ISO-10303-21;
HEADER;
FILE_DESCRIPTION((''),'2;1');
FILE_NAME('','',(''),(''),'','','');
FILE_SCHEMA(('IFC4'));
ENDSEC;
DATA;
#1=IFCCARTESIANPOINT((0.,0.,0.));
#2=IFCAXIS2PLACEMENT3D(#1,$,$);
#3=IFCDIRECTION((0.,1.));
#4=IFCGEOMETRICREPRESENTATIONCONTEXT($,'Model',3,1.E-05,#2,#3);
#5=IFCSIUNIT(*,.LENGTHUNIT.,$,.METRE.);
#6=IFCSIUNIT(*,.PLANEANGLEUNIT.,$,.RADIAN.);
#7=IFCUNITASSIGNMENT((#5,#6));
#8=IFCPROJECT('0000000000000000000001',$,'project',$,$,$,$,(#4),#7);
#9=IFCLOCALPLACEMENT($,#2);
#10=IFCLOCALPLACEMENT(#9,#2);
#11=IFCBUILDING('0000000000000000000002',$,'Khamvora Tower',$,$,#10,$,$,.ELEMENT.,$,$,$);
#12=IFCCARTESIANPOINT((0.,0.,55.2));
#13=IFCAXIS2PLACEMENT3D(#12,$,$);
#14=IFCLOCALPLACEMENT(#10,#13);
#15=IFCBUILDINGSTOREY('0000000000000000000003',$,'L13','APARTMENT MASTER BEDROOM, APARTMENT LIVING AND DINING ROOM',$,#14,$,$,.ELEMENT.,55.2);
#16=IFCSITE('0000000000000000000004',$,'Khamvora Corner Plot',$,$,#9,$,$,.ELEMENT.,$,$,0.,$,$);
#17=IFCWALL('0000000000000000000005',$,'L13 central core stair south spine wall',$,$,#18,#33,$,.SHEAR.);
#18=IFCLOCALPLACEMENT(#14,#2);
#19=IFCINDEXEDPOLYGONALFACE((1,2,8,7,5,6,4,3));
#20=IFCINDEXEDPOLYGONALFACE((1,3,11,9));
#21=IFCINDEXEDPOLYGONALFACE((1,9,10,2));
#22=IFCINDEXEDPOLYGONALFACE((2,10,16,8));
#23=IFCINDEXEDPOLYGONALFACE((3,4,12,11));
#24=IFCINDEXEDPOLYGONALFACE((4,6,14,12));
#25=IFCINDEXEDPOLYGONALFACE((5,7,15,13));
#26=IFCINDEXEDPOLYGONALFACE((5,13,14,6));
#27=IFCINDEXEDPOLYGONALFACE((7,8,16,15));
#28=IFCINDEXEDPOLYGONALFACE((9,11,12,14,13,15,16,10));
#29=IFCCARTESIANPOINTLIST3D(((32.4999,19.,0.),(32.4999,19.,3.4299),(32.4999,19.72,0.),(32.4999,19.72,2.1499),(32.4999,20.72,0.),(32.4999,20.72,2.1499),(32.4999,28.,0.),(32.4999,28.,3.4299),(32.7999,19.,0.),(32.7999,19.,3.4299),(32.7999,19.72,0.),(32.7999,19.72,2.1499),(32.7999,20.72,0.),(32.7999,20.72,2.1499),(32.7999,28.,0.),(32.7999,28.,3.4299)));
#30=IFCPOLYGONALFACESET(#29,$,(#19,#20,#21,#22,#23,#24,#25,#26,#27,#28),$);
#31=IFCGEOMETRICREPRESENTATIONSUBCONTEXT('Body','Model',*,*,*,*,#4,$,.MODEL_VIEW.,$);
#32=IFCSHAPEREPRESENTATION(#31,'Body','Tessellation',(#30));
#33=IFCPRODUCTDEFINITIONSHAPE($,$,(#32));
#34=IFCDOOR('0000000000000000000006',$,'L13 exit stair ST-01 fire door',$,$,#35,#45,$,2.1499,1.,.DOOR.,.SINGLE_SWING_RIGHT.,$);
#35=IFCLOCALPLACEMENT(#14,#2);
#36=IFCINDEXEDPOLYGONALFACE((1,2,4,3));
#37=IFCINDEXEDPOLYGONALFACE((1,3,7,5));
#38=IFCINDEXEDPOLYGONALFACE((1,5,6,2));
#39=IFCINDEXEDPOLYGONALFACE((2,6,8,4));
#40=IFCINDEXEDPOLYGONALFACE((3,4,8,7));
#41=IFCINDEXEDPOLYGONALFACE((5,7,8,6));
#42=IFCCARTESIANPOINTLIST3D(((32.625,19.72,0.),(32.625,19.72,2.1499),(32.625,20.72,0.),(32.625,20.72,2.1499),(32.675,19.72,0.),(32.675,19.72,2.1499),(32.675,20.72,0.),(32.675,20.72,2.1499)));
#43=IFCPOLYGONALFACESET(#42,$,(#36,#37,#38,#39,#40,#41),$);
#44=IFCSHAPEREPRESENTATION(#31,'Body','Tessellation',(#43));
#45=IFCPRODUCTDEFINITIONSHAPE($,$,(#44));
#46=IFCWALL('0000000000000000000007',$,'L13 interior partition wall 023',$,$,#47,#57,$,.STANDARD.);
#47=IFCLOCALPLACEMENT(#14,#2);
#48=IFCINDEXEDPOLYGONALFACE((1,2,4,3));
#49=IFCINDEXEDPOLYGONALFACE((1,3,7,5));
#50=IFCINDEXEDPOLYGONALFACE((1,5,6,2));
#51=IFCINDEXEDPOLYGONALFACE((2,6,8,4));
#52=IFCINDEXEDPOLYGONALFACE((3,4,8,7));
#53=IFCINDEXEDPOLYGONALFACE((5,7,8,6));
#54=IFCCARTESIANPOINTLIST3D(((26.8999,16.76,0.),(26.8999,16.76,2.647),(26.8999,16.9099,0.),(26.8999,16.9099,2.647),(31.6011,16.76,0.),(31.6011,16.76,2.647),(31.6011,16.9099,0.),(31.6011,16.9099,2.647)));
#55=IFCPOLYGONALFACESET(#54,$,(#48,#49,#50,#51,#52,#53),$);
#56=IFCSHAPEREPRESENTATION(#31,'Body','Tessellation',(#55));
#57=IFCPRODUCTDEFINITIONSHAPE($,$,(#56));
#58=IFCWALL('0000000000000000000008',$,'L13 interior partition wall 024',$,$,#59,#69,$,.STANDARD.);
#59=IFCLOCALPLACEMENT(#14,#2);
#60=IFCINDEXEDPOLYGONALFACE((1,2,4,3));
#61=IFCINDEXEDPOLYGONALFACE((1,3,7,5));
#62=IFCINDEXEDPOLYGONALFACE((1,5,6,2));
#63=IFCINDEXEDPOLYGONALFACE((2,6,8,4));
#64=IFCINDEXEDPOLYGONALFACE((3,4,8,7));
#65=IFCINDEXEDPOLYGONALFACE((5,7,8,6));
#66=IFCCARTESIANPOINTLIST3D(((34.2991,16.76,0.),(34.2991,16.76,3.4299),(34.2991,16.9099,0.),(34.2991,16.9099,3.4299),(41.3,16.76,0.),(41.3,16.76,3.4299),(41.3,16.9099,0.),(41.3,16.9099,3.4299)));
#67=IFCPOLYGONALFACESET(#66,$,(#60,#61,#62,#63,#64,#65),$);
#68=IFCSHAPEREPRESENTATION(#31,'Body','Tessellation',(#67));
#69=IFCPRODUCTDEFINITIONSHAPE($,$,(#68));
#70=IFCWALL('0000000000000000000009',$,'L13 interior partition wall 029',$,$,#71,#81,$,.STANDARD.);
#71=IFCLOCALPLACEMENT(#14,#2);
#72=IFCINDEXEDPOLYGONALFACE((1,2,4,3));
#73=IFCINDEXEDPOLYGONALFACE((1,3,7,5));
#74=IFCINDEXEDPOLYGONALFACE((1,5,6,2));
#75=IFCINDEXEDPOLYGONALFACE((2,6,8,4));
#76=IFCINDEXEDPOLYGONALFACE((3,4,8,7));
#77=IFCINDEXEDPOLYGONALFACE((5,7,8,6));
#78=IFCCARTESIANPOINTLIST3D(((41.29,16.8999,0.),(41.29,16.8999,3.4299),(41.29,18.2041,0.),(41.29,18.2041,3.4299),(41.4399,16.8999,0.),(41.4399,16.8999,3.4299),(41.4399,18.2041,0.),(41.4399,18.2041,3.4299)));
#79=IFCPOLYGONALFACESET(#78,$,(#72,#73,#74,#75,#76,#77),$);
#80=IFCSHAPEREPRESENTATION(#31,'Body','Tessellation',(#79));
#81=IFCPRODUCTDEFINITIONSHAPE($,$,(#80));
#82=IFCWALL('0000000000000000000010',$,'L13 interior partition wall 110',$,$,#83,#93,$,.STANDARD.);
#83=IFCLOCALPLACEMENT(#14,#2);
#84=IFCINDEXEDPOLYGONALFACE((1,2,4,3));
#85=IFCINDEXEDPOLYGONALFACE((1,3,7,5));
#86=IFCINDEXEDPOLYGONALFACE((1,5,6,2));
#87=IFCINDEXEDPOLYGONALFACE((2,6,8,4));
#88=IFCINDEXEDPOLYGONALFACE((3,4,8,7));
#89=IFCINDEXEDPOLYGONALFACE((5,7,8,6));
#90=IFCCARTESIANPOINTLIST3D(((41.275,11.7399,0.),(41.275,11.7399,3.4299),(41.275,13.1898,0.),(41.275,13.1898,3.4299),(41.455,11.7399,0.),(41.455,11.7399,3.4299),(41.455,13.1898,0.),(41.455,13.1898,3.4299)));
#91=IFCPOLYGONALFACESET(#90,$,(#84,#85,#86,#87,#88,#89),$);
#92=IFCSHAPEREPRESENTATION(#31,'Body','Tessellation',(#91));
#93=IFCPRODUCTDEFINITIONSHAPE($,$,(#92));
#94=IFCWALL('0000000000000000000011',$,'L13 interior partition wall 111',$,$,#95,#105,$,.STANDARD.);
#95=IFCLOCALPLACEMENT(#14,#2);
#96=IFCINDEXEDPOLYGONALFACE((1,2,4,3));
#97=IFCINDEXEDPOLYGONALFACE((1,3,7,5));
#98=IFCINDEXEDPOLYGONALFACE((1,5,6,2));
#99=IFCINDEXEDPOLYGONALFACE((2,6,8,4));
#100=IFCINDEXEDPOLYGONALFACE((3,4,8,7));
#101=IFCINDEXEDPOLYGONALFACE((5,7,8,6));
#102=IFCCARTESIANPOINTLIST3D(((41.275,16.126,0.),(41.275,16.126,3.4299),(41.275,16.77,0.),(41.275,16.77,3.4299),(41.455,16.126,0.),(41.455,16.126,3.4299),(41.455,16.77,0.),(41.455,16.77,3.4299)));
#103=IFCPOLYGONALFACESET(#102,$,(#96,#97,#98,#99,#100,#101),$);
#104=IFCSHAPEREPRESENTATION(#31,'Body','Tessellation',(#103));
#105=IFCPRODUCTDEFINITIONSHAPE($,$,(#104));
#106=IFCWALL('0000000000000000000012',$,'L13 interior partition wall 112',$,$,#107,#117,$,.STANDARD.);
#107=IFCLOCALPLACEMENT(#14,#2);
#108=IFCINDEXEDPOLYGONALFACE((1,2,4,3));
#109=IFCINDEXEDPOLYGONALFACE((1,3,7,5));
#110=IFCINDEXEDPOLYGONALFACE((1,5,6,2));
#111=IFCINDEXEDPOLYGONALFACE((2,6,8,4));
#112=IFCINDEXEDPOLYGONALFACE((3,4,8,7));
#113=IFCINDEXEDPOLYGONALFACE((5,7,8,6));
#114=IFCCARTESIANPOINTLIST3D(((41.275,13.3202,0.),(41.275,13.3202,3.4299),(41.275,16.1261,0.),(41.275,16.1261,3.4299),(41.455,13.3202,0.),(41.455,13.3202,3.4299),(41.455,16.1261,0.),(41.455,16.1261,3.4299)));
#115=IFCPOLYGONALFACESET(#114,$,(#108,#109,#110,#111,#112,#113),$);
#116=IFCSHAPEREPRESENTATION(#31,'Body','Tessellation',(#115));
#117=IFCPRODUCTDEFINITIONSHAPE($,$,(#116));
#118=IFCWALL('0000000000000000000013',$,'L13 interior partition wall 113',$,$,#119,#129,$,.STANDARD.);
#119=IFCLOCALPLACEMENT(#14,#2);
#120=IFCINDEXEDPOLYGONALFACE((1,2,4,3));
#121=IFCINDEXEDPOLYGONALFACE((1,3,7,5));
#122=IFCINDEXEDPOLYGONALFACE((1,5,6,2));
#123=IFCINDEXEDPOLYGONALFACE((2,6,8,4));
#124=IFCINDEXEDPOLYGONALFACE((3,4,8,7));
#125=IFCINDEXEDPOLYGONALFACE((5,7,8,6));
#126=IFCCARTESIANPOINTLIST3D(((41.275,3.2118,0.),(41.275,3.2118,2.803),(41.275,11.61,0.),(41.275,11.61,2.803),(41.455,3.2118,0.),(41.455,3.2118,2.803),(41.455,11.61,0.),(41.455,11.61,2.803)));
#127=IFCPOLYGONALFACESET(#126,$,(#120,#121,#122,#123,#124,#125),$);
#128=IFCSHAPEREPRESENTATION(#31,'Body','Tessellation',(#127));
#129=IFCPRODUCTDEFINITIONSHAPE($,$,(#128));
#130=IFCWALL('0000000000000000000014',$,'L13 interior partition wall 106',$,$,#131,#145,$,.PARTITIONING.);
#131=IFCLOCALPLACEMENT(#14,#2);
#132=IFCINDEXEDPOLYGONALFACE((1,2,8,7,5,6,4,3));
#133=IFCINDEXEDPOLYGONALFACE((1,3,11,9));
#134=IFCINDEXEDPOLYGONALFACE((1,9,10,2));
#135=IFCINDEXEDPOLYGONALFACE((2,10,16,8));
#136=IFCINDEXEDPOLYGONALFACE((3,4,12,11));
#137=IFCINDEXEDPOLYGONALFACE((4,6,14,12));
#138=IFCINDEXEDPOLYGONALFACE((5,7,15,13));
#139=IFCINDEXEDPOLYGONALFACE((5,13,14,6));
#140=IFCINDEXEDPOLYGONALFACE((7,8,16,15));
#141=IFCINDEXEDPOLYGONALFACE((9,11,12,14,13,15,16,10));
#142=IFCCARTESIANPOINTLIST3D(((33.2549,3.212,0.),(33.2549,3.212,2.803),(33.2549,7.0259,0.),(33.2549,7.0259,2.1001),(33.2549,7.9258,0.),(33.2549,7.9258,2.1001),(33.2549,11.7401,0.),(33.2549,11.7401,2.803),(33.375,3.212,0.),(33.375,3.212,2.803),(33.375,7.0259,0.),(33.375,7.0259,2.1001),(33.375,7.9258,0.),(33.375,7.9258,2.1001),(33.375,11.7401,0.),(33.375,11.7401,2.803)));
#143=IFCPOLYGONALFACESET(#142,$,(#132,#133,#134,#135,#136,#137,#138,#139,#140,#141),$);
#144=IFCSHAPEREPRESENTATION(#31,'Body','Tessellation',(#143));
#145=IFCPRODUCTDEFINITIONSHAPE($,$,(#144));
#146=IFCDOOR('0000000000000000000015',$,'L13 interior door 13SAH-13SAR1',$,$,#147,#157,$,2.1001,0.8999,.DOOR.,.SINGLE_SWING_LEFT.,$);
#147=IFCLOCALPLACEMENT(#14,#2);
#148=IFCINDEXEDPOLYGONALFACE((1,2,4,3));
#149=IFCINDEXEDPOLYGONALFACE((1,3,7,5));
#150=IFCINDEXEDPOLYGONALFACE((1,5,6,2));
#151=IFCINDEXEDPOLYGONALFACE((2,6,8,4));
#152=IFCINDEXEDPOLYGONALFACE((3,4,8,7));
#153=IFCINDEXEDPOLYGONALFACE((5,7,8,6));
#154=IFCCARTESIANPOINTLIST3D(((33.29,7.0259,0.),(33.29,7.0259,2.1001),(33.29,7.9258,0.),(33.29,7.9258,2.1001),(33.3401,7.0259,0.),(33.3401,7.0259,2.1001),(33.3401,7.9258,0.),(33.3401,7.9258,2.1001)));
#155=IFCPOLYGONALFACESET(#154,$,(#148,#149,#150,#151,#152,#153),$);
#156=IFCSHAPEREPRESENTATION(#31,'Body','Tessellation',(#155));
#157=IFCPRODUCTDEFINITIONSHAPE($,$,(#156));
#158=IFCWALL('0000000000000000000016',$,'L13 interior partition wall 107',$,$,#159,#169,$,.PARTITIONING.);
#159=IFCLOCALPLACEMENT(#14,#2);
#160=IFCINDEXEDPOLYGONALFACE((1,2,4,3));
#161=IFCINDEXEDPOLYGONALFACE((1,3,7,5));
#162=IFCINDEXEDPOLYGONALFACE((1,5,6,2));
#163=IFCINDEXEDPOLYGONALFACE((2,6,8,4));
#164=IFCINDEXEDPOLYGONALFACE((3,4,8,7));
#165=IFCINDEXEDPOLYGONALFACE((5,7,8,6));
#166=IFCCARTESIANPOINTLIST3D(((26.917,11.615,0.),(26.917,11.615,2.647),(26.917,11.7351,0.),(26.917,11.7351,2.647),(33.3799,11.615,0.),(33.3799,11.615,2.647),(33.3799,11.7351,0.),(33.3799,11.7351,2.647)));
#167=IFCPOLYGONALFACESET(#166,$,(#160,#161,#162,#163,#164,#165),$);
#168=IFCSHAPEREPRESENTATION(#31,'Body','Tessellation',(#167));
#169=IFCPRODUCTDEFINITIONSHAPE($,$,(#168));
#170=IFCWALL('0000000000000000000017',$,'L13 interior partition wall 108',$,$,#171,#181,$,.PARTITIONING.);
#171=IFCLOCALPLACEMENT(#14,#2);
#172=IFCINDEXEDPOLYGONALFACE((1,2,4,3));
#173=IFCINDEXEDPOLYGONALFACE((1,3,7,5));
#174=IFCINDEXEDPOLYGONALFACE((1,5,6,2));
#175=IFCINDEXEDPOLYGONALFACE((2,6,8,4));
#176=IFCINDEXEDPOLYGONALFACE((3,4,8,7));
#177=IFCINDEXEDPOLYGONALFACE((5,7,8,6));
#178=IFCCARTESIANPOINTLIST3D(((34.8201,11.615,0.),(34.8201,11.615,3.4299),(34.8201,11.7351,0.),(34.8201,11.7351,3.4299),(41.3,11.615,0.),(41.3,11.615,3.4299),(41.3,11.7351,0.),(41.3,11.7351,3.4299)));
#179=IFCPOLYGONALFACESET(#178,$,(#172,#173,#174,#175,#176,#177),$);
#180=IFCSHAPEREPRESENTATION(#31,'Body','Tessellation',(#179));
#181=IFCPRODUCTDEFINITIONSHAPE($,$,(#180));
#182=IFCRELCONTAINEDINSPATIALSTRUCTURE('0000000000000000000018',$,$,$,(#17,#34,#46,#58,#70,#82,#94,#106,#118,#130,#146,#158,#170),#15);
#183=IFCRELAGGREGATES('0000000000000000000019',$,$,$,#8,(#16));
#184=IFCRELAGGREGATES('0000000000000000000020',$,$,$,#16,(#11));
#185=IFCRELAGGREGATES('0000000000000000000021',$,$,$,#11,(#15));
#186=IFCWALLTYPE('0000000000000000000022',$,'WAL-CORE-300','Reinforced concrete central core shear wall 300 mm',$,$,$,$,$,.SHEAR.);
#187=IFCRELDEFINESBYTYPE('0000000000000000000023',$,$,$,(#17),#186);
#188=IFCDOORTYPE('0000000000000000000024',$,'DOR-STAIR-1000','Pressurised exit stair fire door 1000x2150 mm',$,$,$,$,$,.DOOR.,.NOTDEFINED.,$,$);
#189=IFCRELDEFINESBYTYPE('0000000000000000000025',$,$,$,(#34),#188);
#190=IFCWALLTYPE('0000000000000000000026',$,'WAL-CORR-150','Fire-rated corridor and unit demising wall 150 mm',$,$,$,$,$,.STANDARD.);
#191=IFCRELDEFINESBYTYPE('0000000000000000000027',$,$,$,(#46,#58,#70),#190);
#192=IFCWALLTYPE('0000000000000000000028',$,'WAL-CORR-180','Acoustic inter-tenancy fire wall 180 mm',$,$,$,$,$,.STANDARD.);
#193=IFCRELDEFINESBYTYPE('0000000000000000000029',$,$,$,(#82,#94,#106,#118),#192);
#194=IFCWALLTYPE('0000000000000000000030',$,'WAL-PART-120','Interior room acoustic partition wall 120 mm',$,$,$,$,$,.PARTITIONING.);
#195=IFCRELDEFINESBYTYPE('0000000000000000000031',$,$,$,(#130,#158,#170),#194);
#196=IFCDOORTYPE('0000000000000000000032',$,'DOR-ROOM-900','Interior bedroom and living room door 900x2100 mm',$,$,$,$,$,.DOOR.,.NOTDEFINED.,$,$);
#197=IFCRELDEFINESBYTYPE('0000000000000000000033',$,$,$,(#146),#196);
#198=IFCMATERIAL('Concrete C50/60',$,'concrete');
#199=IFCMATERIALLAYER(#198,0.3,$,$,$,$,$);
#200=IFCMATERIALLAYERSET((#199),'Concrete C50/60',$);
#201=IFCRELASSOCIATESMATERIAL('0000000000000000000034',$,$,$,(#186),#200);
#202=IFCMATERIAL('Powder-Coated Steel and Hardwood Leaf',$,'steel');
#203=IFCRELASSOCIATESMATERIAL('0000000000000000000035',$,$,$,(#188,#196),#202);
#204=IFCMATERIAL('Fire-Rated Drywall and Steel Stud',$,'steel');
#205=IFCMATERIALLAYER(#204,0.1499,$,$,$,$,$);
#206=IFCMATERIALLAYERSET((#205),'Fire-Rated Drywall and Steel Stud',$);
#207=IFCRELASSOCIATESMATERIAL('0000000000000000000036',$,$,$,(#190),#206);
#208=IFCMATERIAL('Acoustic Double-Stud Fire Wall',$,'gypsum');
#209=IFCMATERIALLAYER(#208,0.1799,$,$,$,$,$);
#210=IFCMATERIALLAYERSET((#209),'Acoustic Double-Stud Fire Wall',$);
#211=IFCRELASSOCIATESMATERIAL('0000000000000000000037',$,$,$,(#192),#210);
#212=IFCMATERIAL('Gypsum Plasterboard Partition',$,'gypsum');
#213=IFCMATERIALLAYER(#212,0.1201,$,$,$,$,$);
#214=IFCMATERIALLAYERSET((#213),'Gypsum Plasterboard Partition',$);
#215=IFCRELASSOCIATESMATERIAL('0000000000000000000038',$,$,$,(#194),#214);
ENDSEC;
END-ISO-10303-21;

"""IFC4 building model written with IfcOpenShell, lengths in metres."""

from ifc_helpers import new_model, si_unit, direction, frame, frame_2d, origin, place, context, subcontext, project, spatial, rectangle, extrude, material, layer, layer_set, type_object, element, fill, save


model = new_model("IFC4")

# Units and contexts
model_context = context("Model", 3, precision=1e-05, world=origin(), true_north=direction((0.0, 1.0)))
body_context = subcontext(model_context, "Body", "Model", "MODEL_VIEW")
ifc_project = project(units=[si_unit("LENGTHUNIT", "METRE"), si_unit("PLANEANGLEUNIT", "RADIAN")], contexts=[model_context])

# Site, building, storey
site_placement = place(None, origin())
site = spatial("IfcSite", under=ifc_project, at=site_placement, Name="Khamvora Corner Plot", CompositionType="ELEMENT", RefElevation=0.0)
building_placement = place(site_placement, origin())
building = spatial("IfcBuilding", under=site, at=building_placement, Name="Khamvora Tower", CompositionType="ELEMENT")
storey_placement = place(building_placement, frame((0.0, 0.0, 55.2)))
storey = spatial("IfcBuildingStorey", under=building, at=storey_placement, Name="L13", Description="APARTMENT MASTER BEDROOM, APARTMENT LIVING AND DINING ROOM", CompositionType="ELEMENT", Elevation=55.2)

# Wall, opening, door
ifc_material_1 = material(Name="Concrete C50/60", Category="concrete")
ifc_layer_1 = layer(ifc_material_1, 0.3)
ifc_layer_set_1 = layer_set([ifc_layer_1], Name="Concrete C50/60")
wall_type_1 = type_object("IfcWallType", Name="WAL-CORE-300", Description="Reinforced concrete central core shear wall 300 mm", PredefinedType="SHEAR", material=ifc_layer_set_1)
wall_1_placement = place(storey_placement, frame((32.6499, 19.0, 0.0), z_axis=(0.0, 0.0, 1.0), x_axis=(0.0, 1.0, 0.0)))
wall_1 = element("IfcWall", 1, at=wall_1_placement, inside=storey, type_object=wall_type_1, Name="L13 central core stair south spine wall", PredefinedType="SHEAR", context=body_context, shape_type="SweptSolid", body=[
    extrude(rectangle(XDim=9.0, YDim=0.3, at=frame_2d((4.5, 0.0))), origin(), (0.0, 0.0, 1.0), 3.4299),
])
opening_1_placement = place(wall_1_placement, frame((0.72, 0.0, 0.0)))
opening_1 = element("IfcOpeningElement", 2, at=opening_1_placement, cuts=wall_1, PredefinedType="OPENING", context=body_context, shape_type="SweptSolid", body=[
    extrude(rectangle(XDim=1.0, YDim=2.1499, at=frame_2d((0.5, 1.075))), frame((0.0, 0.1599, 0.0), z_axis=(0.0, -1.0, 0.0), x_axis=(1.0, 0.0, 0.0)), (0.0, 0.0, 1.0), 0.3201),
])
ifc_material_2 = material(Name="Powder-Coated Steel and Hardwood Leaf", Category="steel")
door_type_1 = type_object("IfcDoorType", Name="DOR-STAIR-1000", Description="Pressurised exit stair fire door 1000x2150 mm", OperationType="NOTDEFINED", PredefinedType="DOOR", material=ifc_material_2)
door_1_placement = place(opening_1_placement, origin())
door_1 = element("IfcDoor", 3, at=door_1_placement, inside=storey, type_object=door_type_1, Name="L13 exit stair ST-01 fire door", OperationType="SINGLE_SWING_RIGHT", OverallHeight=2.1499, OverallWidth=1.0, PredefinedType="DOOR", context=body_context, shape_type="SweptSolid", body=[
    extrude(rectangle(XDim=1.0, YDim=2.1499, at=frame_2d((0.5, 1.075))), frame((0.0, 0.0249, 0.0), z_axis=(0.0, -1.0, 0.0), x_axis=(1.0, 0.0, 0.0)), (0.0, 0.0, 1.0), 0.05),
])
fill(opening_1, door_1)
ifc_material_3 = material(Name="Fire-Rated Drywall and Steel Stud", Category="steel")
ifc_layer_2 = layer(ifc_material_3, 0.1499)
ifc_layer_set_2 = layer_set([ifc_layer_2], Name="Fire-Rated Drywall and Steel Stud")
wall_type_2 = type_object("IfcWallType", Name="WAL-CORR-150", Description="Fire-rated corridor and unit demising wall 150 mm", PredefinedType="STANDARD", material=ifc_layer_set_2)

# Walls
wall_2_placement = place(storey_placement, frame((31.6011, 16.835, 0.0), z_axis=(0.0, 0.0, 1.0), x_axis=(-1.0, 0.0, 0.0)))
element("IfcWall", 4, at=wall_2_placement, inside=storey, type_object=wall_type_2, Name="L13 interior partition wall 023", PredefinedType="STANDARD", context=body_context, shape_type="SweptSolid", body=[
    extrude(rectangle(XDim=4.7012, YDim=0.1499, at=frame_2d((2.3506, 0.0))), origin(), (0.0, 0.0, 1.0), 2.647),
])
wall_3_placement = place(storey_placement, frame((41.3, 16.835, 0.0), z_axis=(0.0, 0.0, 1.0), x_axis=(-1.0, 0.0, 0.0)))
element("IfcWall", 5, at=wall_3_placement, inside=storey, type_object=wall_type_2, Name="L13 interior partition wall 024", PredefinedType="STANDARD", context=body_context, shape_type="SweptSolid", body=[
    extrude(rectangle(XDim=7.001, YDim=0.1499, at=frame_2d((3.5005, 0.0))), origin(), (0.0, 0.0, 1.0), 3.4299),
])
wall_4_placement = place(storey_placement, frame((41.365, 18.2041, 0.0), z_axis=(0.0, 0.0, 1.0), x_axis=(0.0, -1.0, 0.0)))
element("IfcWall", 6, at=wall_4_placement, inside=storey, type_object=wall_type_2, Name="L13 interior partition wall 029", PredefinedType="STANDARD", context=body_context, shape_type="SweptSolid", body=[
    extrude(rectangle(XDim=1.3042, YDim=0.1499, at=frame_2d((0.6521, 0.0))), origin(), (0.0, 0.0, 1.0), 3.4299),
])
ifc_material_4 = material(Name="Acoustic Double-Stud Fire Wall", Category="gypsum")
ifc_layer_3 = layer(ifc_material_4, 0.1799)
ifc_layer_set_3 = layer_set([ifc_layer_3], Name="Acoustic Double-Stud Fire Wall")
wall_type_3 = type_object("IfcWallType", Name="WAL-CORR-180", Description="Acoustic inter-tenancy fire wall 180 mm", PredefinedType="STANDARD", material=ifc_layer_set_3)
wall_5_placement = place(storey_placement, frame((41.365, 13.1899, 0.0), z_axis=(0.0, 0.0, 1.0), x_axis=(0.0, -1.0, 0.0)))
element("IfcWall", 7, at=wall_5_placement, inside=storey, type_object=wall_type_3, Name="L13 interior partition wall 110", PredefinedType="STANDARD", context=body_context, shape_type="SweptSolid", body=[
    extrude(rectangle(XDim=1.45, YDim=0.1799, at=frame_2d((0.7251, 0.0))), origin(), (0.0, 0.0, 1.0), 3.4299),
])
wall_6_placement = place(storey_placement, frame((41.365, 16.77, 0.0), z_axis=(0.0, 0.0, 1.0), x_axis=(0.0, -1.0, 0.0)))
element("IfcWall", 8, at=wall_6_placement, inside=storey, type_object=wall_type_3, Name="L13 interior partition wall 111", PredefinedType="STANDARD", context=body_context, shape_type="SweptSolid", body=[
    extrude(rectangle(XDim=0.644, YDim=0.1799, at=frame_2d((0.322, 0.0))), origin(), (0.0, 0.0, 1.0), 3.4299),
])
wall_7_placement = place(storey_placement, frame((41.365, 16.126, 0.0), z_axis=(0.0, 0.0, 1.0), x_axis=(0.0, -1.0, 0.0)))
element("IfcWall", 9, at=wall_7_placement, inside=storey, type_object=wall_type_3, Name="L13 interior partition wall 112", PredefinedType="STANDARD", context=body_context, shape_type="SweptSolid", body=[
    extrude(rectangle(XDim=2.8059, YDim=0.1799, at=frame_2d((1.4028, 0.0))), origin(), (0.0, 0.0, 1.0), 3.4299),
])
wall_8_placement = place(storey_placement, frame((41.365, 11.6101, 0.0), z_axis=(0.0, 0.0, 1.0), x_axis=(0.0, -1.0, 0.0)))
element("IfcWall", 10, at=wall_8_placement, inside=storey, type_object=wall_type_3, Name="L13 interior partition wall 113", PredefinedType="STANDARD", context=body_context, shape_type="SweptSolid", body=[
    extrude(rectangle(XDim=8.3982, YDim=0.1799, at=frame_2d((4.1992, 0.0))), origin(), (0.0, 0.0, 1.0), 2.803),
])

# Wall, opening, door
ifc_material_5 = material(Name="Gypsum Plasterboard Partition", Category="gypsum")
ifc_layer_4 = layer(ifc_material_5, 0.1201)
ifc_layer_set_4 = layer_set([ifc_layer_4], Name="Gypsum Plasterboard Partition")
wall_type_4 = type_object("IfcWallType", Name="WAL-PART-120", Description="Interior room acoustic partition wall 120 mm", PredefinedType="PARTITIONING", material=ifc_layer_set_4)
wall_9_placement = place(storey_placement, frame((33.3149, 3.2119, 0.0), z_axis=(0.0, 0.0, 1.0), x_axis=(0.0, 1.0, 0.0)))
wall_9 = element("IfcWall", 11, at=wall_9_placement, inside=storey, type_object=wall_type_4, Name="L13 interior partition wall 106", PredefinedType="PARTITIONING", context=body_context, shape_type="SweptSolid", body=[
    extrude(rectangle(XDim=8.5281, YDim=0.1201, at=frame_2d((4.2642, 0.0))), origin(), (0.0, 0.0, 1.0), 2.803),
])
opening_2_placement = place(wall_9_placement, frame((3.814, 0.0, 0.0)))
opening_2 = element("IfcOpeningElement", 12, at=opening_2_placement, cuts=wall_9, PredefinedType="OPENING", context=body_context, shape_type="SweptSolid", body=[
    extrude(rectangle(XDim=0.8999, YDim=2.1001, at=frame_2d((0.45, 1.05))), frame((0.0, 0.0701, 0.0), z_axis=(0.0, -1.0, 0.0), x_axis=(1.0, 0.0, 0.0)), (0.0, 0.0, 1.0), 0.1401),
])
door_type_2 = type_object("IfcDoorType", Name="DOR-ROOM-900", Description="Interior bedroom and living room door 900x2100 mm", OperationType="NOTDEFINED", PredefinedType="DOOR", material=ifc_material_2)
door_2_placement = place(opening_2_placement, origin())
door_2 = element("IfcDoor", 13, at=door_2_placement, inside=storey, type_object=door_type_2, Name="L13 interior door 13SAH-13SAR1", OperationType="SINGLE_SWING_LEFT", OverallHeight=2.1001, OverallWidth=0.8999, PredefinedType="DOOR", context=body_context, shape_type="SweptSolid", body=[
    extrude(rectangle(XDim=0.8999, YDim=2.1001, at=frame_2d((0.45, 1.05))), frame((0.0, 0.0249, 0.0), z_axis=(0.0, -1.0, 0.0), x_axis=(1.0, 0.0, 0.0)), (0.0, 0.0, 1.0), 0.05),
])
fill(opening_2, door_2)

# Walls
wall_10_placement = place(storey_placement, frame((33.3799, 11.675, 0.0), z_axis=(0.0, 0.0, 1.0), x_axis=(-1.0, 0.0, 0.0)))
element("IfcWall", 14, at=wall_10_placement, inside=storey, type_object=wall_type_4, Name="L13 interior partition wall 107", PredefinedType="PARTITIONING", context=body_context, shape_type="SweptSolid", body=[
    extrude(rectangle(XDim=6.4629, YDim=0.1201, at=frame_2d((3.2314, 0.0))), origin(), (0.0, 0.0, 1.0), 2.647),
])
wall_11_placement = place(storey_placement, frame((41.3, 11.675, 0.0), z_axis=(0.0, 0.0, 1.0), x_axis=(-1.0, 0.0, 0.0)))
element("IfcWall", 15, at=wall_11_placement, inside=storey, type_object=wall_type_4, Name="L13 interior partition wall 108", PredefinedType="PARTITIONING", context=body_context, shape_type="SweptSolid", body=[
    extrude(rectangle(XDim=6.48, YDim=0.1201, at=frame_2d((3.24, 0.0))), origin(), (0.0, 0.0, 1.0), 3.4299),
])

save(model, "model.ifc")
